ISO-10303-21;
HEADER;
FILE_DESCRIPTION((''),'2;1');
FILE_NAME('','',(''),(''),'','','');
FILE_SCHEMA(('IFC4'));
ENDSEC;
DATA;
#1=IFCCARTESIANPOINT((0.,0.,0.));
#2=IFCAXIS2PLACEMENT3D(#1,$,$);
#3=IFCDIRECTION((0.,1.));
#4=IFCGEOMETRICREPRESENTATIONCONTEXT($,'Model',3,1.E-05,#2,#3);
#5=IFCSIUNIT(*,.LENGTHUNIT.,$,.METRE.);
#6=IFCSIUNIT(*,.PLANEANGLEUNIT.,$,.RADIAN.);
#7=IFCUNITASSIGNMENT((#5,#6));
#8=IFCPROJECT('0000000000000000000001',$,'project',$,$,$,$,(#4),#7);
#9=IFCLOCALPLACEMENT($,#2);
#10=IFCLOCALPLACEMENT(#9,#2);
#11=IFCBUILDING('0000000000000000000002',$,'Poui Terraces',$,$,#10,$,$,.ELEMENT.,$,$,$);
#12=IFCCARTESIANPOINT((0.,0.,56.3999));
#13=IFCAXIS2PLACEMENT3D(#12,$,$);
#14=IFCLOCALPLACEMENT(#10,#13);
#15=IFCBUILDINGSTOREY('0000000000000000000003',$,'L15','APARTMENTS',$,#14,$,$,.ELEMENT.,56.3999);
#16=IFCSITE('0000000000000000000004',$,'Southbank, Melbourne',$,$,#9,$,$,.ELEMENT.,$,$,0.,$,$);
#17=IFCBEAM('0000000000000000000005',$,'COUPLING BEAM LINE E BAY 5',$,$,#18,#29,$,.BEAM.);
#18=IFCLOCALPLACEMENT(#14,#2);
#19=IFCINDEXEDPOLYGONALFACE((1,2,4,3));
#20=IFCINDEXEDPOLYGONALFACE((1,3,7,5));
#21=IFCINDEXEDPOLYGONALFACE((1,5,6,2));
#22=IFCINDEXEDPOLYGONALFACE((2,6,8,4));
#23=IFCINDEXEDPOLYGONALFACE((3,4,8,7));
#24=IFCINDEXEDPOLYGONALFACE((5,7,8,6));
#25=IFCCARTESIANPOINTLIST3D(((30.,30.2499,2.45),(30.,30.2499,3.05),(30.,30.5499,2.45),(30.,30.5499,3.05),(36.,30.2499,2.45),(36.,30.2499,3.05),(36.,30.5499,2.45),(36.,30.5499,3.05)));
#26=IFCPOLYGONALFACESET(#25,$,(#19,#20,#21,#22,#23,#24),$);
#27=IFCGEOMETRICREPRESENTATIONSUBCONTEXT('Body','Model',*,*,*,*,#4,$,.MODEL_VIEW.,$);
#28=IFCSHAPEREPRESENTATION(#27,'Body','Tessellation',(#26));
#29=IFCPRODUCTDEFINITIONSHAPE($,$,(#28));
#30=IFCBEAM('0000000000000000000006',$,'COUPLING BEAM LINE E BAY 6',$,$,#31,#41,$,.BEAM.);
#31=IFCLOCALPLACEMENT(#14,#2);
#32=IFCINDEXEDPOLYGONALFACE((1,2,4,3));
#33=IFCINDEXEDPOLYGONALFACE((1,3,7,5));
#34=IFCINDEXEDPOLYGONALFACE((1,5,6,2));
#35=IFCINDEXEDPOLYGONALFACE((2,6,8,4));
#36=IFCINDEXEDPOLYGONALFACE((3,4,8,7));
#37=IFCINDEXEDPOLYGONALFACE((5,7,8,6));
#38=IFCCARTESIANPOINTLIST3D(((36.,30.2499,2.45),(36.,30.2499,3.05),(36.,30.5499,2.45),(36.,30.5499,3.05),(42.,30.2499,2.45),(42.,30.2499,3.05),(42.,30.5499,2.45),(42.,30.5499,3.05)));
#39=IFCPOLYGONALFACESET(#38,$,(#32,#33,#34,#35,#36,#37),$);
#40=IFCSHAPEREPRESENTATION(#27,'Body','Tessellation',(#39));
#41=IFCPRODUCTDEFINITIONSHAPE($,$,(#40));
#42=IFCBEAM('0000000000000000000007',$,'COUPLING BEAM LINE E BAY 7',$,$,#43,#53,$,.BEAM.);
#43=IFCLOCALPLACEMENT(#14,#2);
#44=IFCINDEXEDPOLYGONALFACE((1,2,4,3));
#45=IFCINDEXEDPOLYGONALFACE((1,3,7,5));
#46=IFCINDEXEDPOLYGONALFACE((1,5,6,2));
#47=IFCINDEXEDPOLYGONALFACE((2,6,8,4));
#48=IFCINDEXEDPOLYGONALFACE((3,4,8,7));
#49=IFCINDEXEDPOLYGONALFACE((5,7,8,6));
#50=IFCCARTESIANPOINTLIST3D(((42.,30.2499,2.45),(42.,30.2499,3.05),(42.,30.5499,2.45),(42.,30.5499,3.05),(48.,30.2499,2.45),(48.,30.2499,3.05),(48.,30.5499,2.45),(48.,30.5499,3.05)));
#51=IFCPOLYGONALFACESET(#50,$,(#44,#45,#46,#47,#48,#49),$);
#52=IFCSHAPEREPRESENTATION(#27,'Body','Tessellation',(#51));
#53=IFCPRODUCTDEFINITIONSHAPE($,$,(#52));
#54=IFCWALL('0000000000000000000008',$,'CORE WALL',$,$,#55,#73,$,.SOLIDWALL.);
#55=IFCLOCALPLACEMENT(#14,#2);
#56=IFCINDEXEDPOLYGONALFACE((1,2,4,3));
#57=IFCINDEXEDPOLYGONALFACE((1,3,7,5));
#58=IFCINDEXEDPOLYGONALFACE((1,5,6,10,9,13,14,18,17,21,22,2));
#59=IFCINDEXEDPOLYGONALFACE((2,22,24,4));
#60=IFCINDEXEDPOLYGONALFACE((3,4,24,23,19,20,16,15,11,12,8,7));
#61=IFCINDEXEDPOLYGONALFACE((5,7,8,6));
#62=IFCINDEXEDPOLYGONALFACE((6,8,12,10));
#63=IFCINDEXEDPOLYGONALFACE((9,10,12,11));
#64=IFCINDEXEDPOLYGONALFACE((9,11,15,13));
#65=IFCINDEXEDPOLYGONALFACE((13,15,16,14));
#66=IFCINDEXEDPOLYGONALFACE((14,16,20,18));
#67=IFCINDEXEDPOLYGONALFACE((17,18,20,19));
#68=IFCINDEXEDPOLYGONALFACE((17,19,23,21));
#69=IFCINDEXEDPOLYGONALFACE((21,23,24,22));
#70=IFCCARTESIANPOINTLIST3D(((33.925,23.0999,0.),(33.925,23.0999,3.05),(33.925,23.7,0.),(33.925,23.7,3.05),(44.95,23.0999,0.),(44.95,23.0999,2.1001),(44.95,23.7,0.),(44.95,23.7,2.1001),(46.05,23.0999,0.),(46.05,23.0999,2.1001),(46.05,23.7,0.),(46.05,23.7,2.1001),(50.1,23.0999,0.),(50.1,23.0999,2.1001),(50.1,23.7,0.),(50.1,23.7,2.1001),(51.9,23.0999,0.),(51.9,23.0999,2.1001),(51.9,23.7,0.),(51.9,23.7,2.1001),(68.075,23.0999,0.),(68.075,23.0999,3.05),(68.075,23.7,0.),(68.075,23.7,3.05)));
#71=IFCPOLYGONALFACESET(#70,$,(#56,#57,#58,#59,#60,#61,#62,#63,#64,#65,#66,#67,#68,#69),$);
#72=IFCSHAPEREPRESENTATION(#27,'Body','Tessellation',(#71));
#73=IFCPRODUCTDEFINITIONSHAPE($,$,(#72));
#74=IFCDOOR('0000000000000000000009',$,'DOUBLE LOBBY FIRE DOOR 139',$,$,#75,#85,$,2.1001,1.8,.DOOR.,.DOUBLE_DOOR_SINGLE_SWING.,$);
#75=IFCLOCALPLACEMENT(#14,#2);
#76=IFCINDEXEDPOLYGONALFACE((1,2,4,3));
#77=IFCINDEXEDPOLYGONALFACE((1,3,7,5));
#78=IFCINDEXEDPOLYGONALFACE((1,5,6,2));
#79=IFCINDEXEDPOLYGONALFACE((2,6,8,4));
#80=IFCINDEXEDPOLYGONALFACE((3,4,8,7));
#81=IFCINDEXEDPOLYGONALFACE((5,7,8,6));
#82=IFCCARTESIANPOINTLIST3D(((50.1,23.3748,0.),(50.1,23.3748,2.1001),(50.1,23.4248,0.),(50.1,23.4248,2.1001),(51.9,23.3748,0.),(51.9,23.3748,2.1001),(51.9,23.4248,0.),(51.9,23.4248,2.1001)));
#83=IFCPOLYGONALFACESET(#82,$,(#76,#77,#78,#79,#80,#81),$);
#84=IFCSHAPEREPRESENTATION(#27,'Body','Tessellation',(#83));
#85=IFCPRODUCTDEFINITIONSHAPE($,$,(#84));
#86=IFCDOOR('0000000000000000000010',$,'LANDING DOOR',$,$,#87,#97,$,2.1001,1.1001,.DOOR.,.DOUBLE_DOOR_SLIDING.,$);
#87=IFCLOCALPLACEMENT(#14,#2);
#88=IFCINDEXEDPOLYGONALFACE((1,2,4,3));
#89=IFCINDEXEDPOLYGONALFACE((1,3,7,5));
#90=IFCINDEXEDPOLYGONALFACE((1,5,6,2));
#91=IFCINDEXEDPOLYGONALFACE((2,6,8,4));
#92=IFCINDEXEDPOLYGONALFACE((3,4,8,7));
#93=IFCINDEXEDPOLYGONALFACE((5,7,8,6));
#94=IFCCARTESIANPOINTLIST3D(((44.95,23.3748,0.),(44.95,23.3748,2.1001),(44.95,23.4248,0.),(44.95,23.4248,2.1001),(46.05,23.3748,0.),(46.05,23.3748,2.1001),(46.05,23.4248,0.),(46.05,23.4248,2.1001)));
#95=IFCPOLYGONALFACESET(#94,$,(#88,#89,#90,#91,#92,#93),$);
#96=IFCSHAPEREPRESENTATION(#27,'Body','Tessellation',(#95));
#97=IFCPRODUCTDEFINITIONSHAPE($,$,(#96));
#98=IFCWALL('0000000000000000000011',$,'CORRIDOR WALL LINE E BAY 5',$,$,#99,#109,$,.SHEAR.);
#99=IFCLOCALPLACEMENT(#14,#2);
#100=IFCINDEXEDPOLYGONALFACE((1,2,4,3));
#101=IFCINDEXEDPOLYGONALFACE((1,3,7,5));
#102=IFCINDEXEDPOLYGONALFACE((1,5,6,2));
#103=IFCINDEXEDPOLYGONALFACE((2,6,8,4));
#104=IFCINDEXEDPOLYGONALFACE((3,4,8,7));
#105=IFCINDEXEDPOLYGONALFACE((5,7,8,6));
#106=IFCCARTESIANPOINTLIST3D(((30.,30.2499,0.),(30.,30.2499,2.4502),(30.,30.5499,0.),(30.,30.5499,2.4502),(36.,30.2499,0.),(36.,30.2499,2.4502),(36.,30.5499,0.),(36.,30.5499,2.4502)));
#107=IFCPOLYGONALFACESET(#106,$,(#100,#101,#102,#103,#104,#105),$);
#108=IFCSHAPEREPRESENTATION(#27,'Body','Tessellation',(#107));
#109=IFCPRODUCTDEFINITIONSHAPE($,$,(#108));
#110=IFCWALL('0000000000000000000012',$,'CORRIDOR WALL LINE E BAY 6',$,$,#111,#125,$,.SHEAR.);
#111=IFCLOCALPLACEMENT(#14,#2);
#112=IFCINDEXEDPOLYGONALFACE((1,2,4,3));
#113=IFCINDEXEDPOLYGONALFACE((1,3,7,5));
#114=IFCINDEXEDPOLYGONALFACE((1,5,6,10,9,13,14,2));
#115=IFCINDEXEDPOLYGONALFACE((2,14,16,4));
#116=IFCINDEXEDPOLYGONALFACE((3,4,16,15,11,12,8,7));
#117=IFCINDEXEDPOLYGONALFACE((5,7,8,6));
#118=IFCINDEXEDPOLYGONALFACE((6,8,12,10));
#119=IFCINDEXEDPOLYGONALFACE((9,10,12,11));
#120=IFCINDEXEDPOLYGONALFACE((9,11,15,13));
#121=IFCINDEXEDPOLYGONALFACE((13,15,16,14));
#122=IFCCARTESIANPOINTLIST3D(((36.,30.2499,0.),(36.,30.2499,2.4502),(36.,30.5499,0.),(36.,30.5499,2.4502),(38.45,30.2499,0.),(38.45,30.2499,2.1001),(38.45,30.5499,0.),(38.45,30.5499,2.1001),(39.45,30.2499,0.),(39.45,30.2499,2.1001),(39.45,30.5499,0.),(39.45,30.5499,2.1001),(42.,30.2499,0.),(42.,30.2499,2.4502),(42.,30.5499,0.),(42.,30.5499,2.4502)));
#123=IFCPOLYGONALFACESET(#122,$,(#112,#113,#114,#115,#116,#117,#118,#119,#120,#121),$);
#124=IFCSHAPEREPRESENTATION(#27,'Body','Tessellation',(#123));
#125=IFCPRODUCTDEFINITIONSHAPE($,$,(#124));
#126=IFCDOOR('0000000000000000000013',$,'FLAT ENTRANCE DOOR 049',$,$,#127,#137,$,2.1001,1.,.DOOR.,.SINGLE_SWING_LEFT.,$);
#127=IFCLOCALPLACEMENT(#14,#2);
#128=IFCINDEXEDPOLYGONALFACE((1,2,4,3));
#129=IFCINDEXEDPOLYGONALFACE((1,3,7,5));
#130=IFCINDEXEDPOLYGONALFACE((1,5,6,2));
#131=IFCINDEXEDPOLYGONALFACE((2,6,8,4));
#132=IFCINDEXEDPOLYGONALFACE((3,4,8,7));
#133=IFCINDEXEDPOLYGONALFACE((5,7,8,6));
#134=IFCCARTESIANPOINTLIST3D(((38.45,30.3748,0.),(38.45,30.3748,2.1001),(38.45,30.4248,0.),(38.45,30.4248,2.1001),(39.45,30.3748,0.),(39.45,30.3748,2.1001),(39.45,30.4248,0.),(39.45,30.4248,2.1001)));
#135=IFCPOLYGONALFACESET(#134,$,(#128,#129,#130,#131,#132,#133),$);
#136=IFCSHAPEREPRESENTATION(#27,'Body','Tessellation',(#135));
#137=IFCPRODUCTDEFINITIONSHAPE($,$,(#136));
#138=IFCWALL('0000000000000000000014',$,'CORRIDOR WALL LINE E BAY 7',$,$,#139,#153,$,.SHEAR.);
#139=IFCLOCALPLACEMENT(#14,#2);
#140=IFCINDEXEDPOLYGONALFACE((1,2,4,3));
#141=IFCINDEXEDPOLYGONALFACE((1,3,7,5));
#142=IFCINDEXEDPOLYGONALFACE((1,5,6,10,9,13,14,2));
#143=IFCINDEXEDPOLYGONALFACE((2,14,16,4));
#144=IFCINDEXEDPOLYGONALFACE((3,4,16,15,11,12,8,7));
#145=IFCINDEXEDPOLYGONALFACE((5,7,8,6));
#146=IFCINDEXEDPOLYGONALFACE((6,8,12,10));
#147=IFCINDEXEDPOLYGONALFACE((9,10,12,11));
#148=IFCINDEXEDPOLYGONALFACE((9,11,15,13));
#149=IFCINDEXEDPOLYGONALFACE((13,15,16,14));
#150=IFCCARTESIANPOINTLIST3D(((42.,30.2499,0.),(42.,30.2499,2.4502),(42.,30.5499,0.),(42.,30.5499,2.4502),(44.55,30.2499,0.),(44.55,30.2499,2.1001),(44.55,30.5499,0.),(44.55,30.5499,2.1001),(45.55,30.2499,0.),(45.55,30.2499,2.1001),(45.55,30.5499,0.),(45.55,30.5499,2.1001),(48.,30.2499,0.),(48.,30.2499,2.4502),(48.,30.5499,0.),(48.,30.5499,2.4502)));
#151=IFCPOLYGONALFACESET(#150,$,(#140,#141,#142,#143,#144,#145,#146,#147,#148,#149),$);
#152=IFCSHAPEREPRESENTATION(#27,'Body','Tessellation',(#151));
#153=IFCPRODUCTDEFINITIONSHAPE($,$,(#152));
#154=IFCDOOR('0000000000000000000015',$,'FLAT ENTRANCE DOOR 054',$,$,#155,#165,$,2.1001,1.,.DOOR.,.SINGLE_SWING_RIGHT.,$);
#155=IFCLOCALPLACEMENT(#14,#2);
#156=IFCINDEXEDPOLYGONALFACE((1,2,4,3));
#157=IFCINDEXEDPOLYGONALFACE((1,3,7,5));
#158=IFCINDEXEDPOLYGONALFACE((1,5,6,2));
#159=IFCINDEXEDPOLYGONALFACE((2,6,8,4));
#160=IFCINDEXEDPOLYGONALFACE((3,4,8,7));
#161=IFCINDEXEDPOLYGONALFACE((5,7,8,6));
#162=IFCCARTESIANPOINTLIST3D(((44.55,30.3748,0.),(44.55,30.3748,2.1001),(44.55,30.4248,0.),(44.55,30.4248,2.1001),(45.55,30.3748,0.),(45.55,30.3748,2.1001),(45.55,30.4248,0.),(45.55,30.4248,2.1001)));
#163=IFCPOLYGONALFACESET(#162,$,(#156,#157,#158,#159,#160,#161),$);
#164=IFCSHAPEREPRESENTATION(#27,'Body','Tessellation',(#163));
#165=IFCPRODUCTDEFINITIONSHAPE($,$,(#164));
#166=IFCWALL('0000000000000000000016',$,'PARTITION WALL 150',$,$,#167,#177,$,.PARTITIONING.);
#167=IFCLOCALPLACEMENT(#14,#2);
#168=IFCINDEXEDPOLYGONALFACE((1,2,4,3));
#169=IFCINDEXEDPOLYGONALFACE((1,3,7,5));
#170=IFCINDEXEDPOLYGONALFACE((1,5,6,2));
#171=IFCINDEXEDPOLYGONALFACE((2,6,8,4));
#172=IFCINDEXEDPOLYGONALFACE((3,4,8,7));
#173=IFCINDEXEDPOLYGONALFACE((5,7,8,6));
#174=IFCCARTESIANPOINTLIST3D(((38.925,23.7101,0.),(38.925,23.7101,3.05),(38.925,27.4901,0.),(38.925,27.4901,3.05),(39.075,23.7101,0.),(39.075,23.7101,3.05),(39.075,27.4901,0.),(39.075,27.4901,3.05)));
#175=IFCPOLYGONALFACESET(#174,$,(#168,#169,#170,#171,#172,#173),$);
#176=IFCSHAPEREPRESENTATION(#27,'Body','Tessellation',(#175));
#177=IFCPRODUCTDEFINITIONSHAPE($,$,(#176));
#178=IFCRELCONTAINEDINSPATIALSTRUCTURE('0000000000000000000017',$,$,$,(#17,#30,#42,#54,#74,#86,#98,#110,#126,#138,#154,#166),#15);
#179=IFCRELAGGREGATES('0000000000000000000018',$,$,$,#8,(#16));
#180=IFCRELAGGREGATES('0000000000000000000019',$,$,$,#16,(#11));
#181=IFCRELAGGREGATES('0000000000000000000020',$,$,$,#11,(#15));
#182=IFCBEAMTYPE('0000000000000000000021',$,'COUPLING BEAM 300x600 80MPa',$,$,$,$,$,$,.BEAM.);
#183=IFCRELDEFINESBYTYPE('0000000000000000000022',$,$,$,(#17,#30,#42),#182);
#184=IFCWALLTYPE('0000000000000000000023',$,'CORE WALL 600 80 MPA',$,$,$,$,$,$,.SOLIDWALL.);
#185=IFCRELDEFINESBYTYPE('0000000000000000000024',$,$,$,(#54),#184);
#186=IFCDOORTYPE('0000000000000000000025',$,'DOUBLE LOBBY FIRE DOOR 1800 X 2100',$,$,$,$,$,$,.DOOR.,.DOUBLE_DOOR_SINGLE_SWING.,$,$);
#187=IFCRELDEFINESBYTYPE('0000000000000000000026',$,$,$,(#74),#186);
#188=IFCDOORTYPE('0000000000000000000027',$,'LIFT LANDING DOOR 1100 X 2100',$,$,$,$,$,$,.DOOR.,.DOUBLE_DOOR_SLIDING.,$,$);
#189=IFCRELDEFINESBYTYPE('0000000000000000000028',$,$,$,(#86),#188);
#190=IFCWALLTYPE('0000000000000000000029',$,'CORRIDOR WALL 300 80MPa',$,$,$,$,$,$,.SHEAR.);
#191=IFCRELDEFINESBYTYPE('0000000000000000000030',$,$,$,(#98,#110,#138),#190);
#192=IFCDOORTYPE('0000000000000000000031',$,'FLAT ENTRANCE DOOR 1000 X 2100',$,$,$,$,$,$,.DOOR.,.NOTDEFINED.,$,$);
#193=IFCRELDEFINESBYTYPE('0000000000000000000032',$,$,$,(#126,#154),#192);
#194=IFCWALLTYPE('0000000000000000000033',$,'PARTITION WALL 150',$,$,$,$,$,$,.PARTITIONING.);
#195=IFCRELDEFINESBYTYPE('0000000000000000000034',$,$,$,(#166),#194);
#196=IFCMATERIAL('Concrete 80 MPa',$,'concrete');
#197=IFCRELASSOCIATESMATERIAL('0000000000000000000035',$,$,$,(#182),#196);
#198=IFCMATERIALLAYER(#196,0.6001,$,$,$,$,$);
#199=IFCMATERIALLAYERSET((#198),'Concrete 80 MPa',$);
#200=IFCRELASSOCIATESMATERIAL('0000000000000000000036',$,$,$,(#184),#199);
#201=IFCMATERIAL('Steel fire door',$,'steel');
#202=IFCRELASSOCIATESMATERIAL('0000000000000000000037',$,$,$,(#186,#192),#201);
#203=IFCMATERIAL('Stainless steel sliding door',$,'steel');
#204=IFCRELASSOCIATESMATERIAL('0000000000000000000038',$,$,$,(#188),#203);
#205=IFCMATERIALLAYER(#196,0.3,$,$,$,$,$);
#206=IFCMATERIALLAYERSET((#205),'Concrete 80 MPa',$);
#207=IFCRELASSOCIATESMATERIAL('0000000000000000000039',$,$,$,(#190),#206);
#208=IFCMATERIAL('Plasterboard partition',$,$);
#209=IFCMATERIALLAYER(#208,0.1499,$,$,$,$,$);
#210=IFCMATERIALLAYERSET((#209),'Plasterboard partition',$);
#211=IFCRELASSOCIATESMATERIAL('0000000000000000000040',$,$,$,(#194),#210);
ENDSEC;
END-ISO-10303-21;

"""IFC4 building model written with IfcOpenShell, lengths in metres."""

from ifc_helpers import new_model, si_unit, direction, frame, frame_2d, origin, origin_2d, place, context, subcontext, project, spatial, rectangle, extrude, source, transform, mapped, material, layer, layer_set, material_profile, profile_set, type_object, element, fill, save


model = new_model("IFC4")

# Units and contexts
model_context = context("Model", 3, precision=1e-05, world=origin(), true_north=direction((0.0, 1.0)))
body_context = subcontext(model_context, "Body", "Model", "MODEL_VIEW")
ifc_project = project(units=[si_unit("LENGTHUNIT", "METRE"), si_unit("PLANEANGLEUNIT", "RADIAN")], contexts=[model_context])

# Site, building, storey
site_placement = place(None, origin())
site = spatial("IfcSite", under=ifc_project, at=site_placement, Name="Southbank, Melbourne", CompositionType="ELEMENT", RefElevation=0.0)
building_placement = place(site_placement, origin())
building = spatial("IfcBuilding", under=site, at=building_placement, Name="Poui Terraces", CompositionType="ELEMENT")
storey_placement = place(building_placement, frame((0.0, 0.0, 56.3999)))
storey = spatial("IfcBuildingStorey", under=building, at=storey_placement, Name="L15", Description="APARTMENTS", CompositionType="ELEMENT", Elevation=56.3999)

# Beams
ifc_material_1 = material(Name="Concrete 80 MPa", Category="concrete")
ifc_material_profile = material_profile(ifc_material_1, rectangle(XDim=0.3, YDim=0.6001, at=origin_2d()), Name="RC 300x600")
ifc_profile_set = profile_set([ifc_material_profile], Name="Concrete 80 MPa")
beam_type = type_object("IfcBeamType", Name="COUPLING BEAM 300x600 80MPa", PredefinedType="BEAM", material=ifc_profile_set)
shared_shape = source(origin(), body_context, "Body", "SweptSolid", [
    extrude(rectangle(XDim=0.3, YDim=0.6001, at=origin_2d()), origin(), (0.0, 0.0, 1.0), 6.0),
])
for number, where, z_axis, x_axis, name in (
    (1, (30.0, 30.3999, 2.75), (1.0, 0.0, 0.0), (0.0, 1.0, 0.0), "COUPLING BEAM LINE E BAY 5"),
    (2, (36.0, 30.3999, 2.75), (1.0, 0.0, 0.0), (0.0, 1.0, 0.0), "COUPLING BEAM LINE E BAY 6"),
    (3, (42.0, 30.3999, 2.75), (1.0, 0.0, 0.0), (0.0, 1.0, 0.0), "COUPLING BEAM LINE E BAY 7"),
):
    element("IfcBeam", number, at=place(storey_placement, frame(where, z_axis=z_axis, x_axis=x_axis)), inside=storey, type_object=beam_type, Name=name, PredefinedType="BEAM", context=body_context, shape_type="MappedRepresentation", body=[
        mapped(shared_shape, transform((0.0, 0.0, 0.0))),
    ])

# Wall, openings, doors
ifc_layer_1 = layer(ifc_material_1, 0.6001)
ifc_layer_set_1 = layer_set([ifc_layer_1], Name="Concrete 80 MPa")
wall_type_1 = type_object("IfcWallType", Name="CORE WALL 600 80 MPA", PredefinedType="SOLIDWALL", material=ifc_layer_set_1)
wall_1_placement = place(storey_placement, frame((33.925, 23.3999, 0.0), z_axis=(0.0, 0.0, 1.0), x_axis=(1.0, 0.0, 0.0)))
wall_1 = element("IfcWall", 4, at=wall_1_placement, inside=storey, type_object=wall_type_1, Name="CORE WALL", PredefinedType="SOLIDWALL", context=body_context, shape_type="SweptSolid", body=[
    extrude(rectangle(XDim=34.1499, YDim=0.6001, at=frame_2d((17.075, 0.0))), origin(), (0.0, 0.0, 1.0), 3.05),
])
opening_1_placement = place(wall_1_placement, frame((16.175, 0.0, 0.0)))
opening_1 = element("IfcOpeningElement", 5, at=opening_1_placement, cuts=wall_1, PredefinedType="OPENING", context=body_context, shape_type="SweptSolid", body=[
    extrude(rectangle(XDim=1.8, YDim=2.1001, at=frame_2d((0.8999, 1.05))), frame((0.0, 0.3101, 0.0), z_axis=(0.0, -1.0, 0.0), x_axis=(1.0, 0.0, 0.0)), (0.0, 0.0, 1.0), 0.6201),
])
opening_2_placement = place(wall_1_placement, frame((11.0249, 0.0, 0.0)))
opening_2 = element("IfcOpeningElement", 6, at=opening_2_placement, cuts=wall_1, PredefinedType="OPENING", context=body_context, shape_type="SweptSolid", body=[
    extrude(rectangle(XDim=1.1001, YDim=2.1001, at=frame_2d((0.55, 1.05))), frame((0.0, 0.3101, 0.0), z_axis=(0.0, -1.0, 0.0), x_axis=(1.0, 0.0, 0.0)), (0.0, 0.0, 1.0), 0.6201),
])
ifc_material_2 = material(Name="Steel fire door", Category="steel")
door_type_1 = type_object("IfcDoorType", Name="DOUBLE LOBBY FIRE DOOR 1800 X 2100", OperationType="DOUBLE_DOOR_SINGLE_SWING", PredefinedType="DOOR", material=ifc_material_2)
door_1_placement = place(opening_1_placement, origin())
door_1 = element("IfcDoor", 7, at=door_1_placement, inside=storey, type_object=door_type_1, Name="DOUBLE LOBBY FIRE DOOR 139", OperationType="DOUBLE_DOOR_SINGLE_SWING", OverallHeight=2.1001, OverallWidth=1.8, PredefinedType="DOOR", context=body_context, shape_type="SweptSolid", body=[
    extrude(rectangle(XDim=1.8, YDim=2.1001, at=frame_2d((0.8999, 1.05))), frame((0.0, 0.0249, 0.0), z_axis=(0.0, -1.0, 0.0), x_axis=(1.0, 0.0, 0.0)), (0.0, 0.0, 1.0), 0.05),
])
fill(opening_1, door_1)
ifc_material_3 = material(Name="Stainless steel sliding door", Category="steel")
door_type_2 = type_object("IfcDoorType", Name="LIFT LANDING DOOR 1100 X 2100", OperationType="DOUBLE_DOOR_SLIDING", PredefinedType="DOOR", material=ifc_material_3)
door_2_placement = place(opening_2_placement, origin())
door_2 = element("IfcDoor", 8, at=door_2_placement, inside=storey, type_object=door_type_2, Name="LANDING DOOR", OperationType="DOUBLE_DOOR_SLIDING", OverallHeight=2.1001, OverallWidth=1.1001, PredefinedType="DOOR", context=body_context, shape_type="SweptSolid", body=[
    extrude(rectangle(XDim=1.1001, YDim=2.1001, at=frame_2d((0.55, 1.05))), frame((0.0, 0.0249, 0.0), z_axis=(0.0, -1.0, 0.0), x_axis=(1.0, 0.0, 0.0)), (0.0, 0.0, 1.0), 0.05),
])
fill(opening_2, door_2)

# Wall
ifc_layer_2 = layer(ifc_material_1, 0.3)
ifc_layer_set_2 = layer_set([ifc_layer_2], Name="Concrete 80 MPa")
wall_type_2 = type_object("IfcWallType", Name="CORRIDOR WALL 300 80MPa", PredefinedType="SHEAR", material=ifc_layer_set_2)
wall_2_placement = place(storey_placement, frame((30.0, 30.3999, 0.0), z_axis=(0.0, 0.0, 1.0), x_axis=(1.0, 0.0, 0.0)))
element("IfcWall", 9, at=wall_2_placement, inside=storey, type_object=wall_type_2, Name="CORRIDOR WALL LINE E BAY 5", PredefinedType="SHEAR", context=body_context, shape_type="SweptSolid", body=[
    extrude(rectangle(XDim=6.0, YDim=0.3, at=frame_2d((3.0, 0.0))), origin(), (0.0, 0.0, 1.0), 2.4502),
])

# Walls, openings, doors
wall_3_placement = place(storey_placement, frame((36.0, 30.3999, 0.0), z_axis=(0.0, 0.0, 1.0), x_axis=(1.0, 0.0, 0.0)))
wall_3 = element("IfcWall", 10, at=wall_3_placement, inside=storey, type_object=wall_type_2, Name="CORRIDOR WALL LINE E BAY 6", PredefinedType="SHEAR", context=body_context, shape_type="SweptSolid", body=[
    extrude(rectangle(XDim=6.0, YDim=0.3, at=frame_2d((3.0, 0.0))), origin(), (0.0, 0.0, 1.0), 2.4502),
])
opening_3_placement = place(wall_3_placement, frame((2.45, 0.0, 0.0)))
opening_3 = element("IfcOpeningElement", 11, at=opening_3_placement, cuts=wall_3, PredefinedType="OPENING", context=body_context, shape_type="SweptSolid", body=[
    extrude(rectangle(XDim=1.0, YDim=2.1001, at=frame_2d((0.5, 1.05))), frame((0.0, 0.1602, 0.0), z_axis=(0.0, -1.0, 0.0), x_axis=(1.0, 0.0, 0.0)), (0.0, 0.0, 1.0), 0.3201),
])
door_type_3 = type_object("IfcDoorType", Name="FLAT ENTRANCE DOOR 1000 X 2100", OperationType="NOTDEFINED", PredefinedType="DOOR", material=ifc_material_2)
door_3_placement = place(opening_3_placement, origin())
door_3 = element("IfcDoor", 12, at=door_3_placement, inside=storey, type_object=door_type_3, Name="FLAT ENTRANCE DOOR 049", OperationType="SINGLE_SWING_LEFT", OverallHeight=2.1001, OverallWidth=1.0, PredefinedType="DOOR", context=body_context, shape_type="SweptSolid", body=[
    extrude(rectangle(XDim=1.0, YDim=2.1001, at=frame_2d((0.5, 1.05))), frame((0.0, 0.0249, 0.0), z_axis=(0.0, -1.0, 0.0), x_axis=(1.0, 0.0, 0.0)), (0.0, 0.0, 1.0), 0.05),
])
fill(opening_3, door_3)
wall_4_placement = place(storey_placement, frame((42.0, 30.3999, 0.0), z_axis=(0.0, 0.0, 1.0), x_axis=(1.0, 0.0, 0.0)))
wall_4 = element("IfcWall", 13, at=wall_4_placement, inside=storey, type_object=wall_type_2, Name="CORRIDOR WALL LINE E BAY 7", PredefinedType="SHEAR", context=body_context, shape_type="SweptSolid", body=[
    extrude(rectangle(XDim=6.0, YDim=0.3, at=frame_2d((3.0, 0.0))), origin(), (0.0, 0.0, 1.0), 2.4502),
])
opening_4_placement = place(wall_4_placement, frame((2.55, 0.0, 0.0)))
opening_4 = element("IfcOpeningElement", 14, at=opening_4_placement, cuts=wall_4, PredefinedType="OPENING", context=body_context, shape_type="SweptSolid", body=[
    extrude(rectangle(XDim=1.0, YDim=2.1001, at=frame_2d((0.5, 1.05))), frame((0.0, 0.1602, 0.0), z_axis=(0.0, -1.0, 0.0), x_axis=(1.0, 0.0, 0.0)), (0.0, 0.0, 1.0), 0.3201),
])
door_4_placement = place(opening_4_placement, origin())
door_4 = element("IfcDoor", 15, at=door_4_placement, inside=storey, type_object=door_type_3, Name="FLAT ENTRANCE DOOR 054", OperationType="SINGLE_SWING_RIGHT", OverallHeight=2.1001, OverallWidth=1.0, PredefinedType="DOOR", context=body_context, shape_type="SweptSolid", body=[
    extrude(rectangle(XDim=1.0, YDim=2.1001, at=frame_2d((0.5, 1.05))), frame((0.0, 0.0249, 0.0), z_axis=(0.0, -1.0, 0.0), x_axis=(1.0, 0.0, 0.0)), (0.0, 0.0, 1.0), 0.05),
])
fill(opening_4, door_4)

# Wall
ifc_material_4 = material(Name="Plasterboard partition")
ifc_layer_3 = layer(ifc_material_4, 0.1499)
ifc_layer_set_3 = layer_set([ifc_layer_3], Name="Plasterboard partition")
wall_type_3 = type_object("IfcWallType", Name="PARTITION WALL 150", PredefinedType="PARTITIONING", material=ifc_layer_set_3)
wall_5_placement = place(storey_placement, frame((39.0, 23.71, 0.0), z_axis=(0.0, 0.0, 1.0), x_axis=(0.0, 1.0, 0.0)))
element("IfcWall", 16, at=wall_5_placement, inside=storey, type_object=wall_type_3, Name="PARTITION WALL 150", PredefinedType="PARTITIONING", context=body_context, shape_type="SweptSolid", body=[
    extrude(rectangle(XDim=3.78, YDim=0.1499, at=frame_2d((1.8901, 0.0))), origin(), (0.0, 0.0, 1.0), 3.05),
])

save(model, "model.ifc")
